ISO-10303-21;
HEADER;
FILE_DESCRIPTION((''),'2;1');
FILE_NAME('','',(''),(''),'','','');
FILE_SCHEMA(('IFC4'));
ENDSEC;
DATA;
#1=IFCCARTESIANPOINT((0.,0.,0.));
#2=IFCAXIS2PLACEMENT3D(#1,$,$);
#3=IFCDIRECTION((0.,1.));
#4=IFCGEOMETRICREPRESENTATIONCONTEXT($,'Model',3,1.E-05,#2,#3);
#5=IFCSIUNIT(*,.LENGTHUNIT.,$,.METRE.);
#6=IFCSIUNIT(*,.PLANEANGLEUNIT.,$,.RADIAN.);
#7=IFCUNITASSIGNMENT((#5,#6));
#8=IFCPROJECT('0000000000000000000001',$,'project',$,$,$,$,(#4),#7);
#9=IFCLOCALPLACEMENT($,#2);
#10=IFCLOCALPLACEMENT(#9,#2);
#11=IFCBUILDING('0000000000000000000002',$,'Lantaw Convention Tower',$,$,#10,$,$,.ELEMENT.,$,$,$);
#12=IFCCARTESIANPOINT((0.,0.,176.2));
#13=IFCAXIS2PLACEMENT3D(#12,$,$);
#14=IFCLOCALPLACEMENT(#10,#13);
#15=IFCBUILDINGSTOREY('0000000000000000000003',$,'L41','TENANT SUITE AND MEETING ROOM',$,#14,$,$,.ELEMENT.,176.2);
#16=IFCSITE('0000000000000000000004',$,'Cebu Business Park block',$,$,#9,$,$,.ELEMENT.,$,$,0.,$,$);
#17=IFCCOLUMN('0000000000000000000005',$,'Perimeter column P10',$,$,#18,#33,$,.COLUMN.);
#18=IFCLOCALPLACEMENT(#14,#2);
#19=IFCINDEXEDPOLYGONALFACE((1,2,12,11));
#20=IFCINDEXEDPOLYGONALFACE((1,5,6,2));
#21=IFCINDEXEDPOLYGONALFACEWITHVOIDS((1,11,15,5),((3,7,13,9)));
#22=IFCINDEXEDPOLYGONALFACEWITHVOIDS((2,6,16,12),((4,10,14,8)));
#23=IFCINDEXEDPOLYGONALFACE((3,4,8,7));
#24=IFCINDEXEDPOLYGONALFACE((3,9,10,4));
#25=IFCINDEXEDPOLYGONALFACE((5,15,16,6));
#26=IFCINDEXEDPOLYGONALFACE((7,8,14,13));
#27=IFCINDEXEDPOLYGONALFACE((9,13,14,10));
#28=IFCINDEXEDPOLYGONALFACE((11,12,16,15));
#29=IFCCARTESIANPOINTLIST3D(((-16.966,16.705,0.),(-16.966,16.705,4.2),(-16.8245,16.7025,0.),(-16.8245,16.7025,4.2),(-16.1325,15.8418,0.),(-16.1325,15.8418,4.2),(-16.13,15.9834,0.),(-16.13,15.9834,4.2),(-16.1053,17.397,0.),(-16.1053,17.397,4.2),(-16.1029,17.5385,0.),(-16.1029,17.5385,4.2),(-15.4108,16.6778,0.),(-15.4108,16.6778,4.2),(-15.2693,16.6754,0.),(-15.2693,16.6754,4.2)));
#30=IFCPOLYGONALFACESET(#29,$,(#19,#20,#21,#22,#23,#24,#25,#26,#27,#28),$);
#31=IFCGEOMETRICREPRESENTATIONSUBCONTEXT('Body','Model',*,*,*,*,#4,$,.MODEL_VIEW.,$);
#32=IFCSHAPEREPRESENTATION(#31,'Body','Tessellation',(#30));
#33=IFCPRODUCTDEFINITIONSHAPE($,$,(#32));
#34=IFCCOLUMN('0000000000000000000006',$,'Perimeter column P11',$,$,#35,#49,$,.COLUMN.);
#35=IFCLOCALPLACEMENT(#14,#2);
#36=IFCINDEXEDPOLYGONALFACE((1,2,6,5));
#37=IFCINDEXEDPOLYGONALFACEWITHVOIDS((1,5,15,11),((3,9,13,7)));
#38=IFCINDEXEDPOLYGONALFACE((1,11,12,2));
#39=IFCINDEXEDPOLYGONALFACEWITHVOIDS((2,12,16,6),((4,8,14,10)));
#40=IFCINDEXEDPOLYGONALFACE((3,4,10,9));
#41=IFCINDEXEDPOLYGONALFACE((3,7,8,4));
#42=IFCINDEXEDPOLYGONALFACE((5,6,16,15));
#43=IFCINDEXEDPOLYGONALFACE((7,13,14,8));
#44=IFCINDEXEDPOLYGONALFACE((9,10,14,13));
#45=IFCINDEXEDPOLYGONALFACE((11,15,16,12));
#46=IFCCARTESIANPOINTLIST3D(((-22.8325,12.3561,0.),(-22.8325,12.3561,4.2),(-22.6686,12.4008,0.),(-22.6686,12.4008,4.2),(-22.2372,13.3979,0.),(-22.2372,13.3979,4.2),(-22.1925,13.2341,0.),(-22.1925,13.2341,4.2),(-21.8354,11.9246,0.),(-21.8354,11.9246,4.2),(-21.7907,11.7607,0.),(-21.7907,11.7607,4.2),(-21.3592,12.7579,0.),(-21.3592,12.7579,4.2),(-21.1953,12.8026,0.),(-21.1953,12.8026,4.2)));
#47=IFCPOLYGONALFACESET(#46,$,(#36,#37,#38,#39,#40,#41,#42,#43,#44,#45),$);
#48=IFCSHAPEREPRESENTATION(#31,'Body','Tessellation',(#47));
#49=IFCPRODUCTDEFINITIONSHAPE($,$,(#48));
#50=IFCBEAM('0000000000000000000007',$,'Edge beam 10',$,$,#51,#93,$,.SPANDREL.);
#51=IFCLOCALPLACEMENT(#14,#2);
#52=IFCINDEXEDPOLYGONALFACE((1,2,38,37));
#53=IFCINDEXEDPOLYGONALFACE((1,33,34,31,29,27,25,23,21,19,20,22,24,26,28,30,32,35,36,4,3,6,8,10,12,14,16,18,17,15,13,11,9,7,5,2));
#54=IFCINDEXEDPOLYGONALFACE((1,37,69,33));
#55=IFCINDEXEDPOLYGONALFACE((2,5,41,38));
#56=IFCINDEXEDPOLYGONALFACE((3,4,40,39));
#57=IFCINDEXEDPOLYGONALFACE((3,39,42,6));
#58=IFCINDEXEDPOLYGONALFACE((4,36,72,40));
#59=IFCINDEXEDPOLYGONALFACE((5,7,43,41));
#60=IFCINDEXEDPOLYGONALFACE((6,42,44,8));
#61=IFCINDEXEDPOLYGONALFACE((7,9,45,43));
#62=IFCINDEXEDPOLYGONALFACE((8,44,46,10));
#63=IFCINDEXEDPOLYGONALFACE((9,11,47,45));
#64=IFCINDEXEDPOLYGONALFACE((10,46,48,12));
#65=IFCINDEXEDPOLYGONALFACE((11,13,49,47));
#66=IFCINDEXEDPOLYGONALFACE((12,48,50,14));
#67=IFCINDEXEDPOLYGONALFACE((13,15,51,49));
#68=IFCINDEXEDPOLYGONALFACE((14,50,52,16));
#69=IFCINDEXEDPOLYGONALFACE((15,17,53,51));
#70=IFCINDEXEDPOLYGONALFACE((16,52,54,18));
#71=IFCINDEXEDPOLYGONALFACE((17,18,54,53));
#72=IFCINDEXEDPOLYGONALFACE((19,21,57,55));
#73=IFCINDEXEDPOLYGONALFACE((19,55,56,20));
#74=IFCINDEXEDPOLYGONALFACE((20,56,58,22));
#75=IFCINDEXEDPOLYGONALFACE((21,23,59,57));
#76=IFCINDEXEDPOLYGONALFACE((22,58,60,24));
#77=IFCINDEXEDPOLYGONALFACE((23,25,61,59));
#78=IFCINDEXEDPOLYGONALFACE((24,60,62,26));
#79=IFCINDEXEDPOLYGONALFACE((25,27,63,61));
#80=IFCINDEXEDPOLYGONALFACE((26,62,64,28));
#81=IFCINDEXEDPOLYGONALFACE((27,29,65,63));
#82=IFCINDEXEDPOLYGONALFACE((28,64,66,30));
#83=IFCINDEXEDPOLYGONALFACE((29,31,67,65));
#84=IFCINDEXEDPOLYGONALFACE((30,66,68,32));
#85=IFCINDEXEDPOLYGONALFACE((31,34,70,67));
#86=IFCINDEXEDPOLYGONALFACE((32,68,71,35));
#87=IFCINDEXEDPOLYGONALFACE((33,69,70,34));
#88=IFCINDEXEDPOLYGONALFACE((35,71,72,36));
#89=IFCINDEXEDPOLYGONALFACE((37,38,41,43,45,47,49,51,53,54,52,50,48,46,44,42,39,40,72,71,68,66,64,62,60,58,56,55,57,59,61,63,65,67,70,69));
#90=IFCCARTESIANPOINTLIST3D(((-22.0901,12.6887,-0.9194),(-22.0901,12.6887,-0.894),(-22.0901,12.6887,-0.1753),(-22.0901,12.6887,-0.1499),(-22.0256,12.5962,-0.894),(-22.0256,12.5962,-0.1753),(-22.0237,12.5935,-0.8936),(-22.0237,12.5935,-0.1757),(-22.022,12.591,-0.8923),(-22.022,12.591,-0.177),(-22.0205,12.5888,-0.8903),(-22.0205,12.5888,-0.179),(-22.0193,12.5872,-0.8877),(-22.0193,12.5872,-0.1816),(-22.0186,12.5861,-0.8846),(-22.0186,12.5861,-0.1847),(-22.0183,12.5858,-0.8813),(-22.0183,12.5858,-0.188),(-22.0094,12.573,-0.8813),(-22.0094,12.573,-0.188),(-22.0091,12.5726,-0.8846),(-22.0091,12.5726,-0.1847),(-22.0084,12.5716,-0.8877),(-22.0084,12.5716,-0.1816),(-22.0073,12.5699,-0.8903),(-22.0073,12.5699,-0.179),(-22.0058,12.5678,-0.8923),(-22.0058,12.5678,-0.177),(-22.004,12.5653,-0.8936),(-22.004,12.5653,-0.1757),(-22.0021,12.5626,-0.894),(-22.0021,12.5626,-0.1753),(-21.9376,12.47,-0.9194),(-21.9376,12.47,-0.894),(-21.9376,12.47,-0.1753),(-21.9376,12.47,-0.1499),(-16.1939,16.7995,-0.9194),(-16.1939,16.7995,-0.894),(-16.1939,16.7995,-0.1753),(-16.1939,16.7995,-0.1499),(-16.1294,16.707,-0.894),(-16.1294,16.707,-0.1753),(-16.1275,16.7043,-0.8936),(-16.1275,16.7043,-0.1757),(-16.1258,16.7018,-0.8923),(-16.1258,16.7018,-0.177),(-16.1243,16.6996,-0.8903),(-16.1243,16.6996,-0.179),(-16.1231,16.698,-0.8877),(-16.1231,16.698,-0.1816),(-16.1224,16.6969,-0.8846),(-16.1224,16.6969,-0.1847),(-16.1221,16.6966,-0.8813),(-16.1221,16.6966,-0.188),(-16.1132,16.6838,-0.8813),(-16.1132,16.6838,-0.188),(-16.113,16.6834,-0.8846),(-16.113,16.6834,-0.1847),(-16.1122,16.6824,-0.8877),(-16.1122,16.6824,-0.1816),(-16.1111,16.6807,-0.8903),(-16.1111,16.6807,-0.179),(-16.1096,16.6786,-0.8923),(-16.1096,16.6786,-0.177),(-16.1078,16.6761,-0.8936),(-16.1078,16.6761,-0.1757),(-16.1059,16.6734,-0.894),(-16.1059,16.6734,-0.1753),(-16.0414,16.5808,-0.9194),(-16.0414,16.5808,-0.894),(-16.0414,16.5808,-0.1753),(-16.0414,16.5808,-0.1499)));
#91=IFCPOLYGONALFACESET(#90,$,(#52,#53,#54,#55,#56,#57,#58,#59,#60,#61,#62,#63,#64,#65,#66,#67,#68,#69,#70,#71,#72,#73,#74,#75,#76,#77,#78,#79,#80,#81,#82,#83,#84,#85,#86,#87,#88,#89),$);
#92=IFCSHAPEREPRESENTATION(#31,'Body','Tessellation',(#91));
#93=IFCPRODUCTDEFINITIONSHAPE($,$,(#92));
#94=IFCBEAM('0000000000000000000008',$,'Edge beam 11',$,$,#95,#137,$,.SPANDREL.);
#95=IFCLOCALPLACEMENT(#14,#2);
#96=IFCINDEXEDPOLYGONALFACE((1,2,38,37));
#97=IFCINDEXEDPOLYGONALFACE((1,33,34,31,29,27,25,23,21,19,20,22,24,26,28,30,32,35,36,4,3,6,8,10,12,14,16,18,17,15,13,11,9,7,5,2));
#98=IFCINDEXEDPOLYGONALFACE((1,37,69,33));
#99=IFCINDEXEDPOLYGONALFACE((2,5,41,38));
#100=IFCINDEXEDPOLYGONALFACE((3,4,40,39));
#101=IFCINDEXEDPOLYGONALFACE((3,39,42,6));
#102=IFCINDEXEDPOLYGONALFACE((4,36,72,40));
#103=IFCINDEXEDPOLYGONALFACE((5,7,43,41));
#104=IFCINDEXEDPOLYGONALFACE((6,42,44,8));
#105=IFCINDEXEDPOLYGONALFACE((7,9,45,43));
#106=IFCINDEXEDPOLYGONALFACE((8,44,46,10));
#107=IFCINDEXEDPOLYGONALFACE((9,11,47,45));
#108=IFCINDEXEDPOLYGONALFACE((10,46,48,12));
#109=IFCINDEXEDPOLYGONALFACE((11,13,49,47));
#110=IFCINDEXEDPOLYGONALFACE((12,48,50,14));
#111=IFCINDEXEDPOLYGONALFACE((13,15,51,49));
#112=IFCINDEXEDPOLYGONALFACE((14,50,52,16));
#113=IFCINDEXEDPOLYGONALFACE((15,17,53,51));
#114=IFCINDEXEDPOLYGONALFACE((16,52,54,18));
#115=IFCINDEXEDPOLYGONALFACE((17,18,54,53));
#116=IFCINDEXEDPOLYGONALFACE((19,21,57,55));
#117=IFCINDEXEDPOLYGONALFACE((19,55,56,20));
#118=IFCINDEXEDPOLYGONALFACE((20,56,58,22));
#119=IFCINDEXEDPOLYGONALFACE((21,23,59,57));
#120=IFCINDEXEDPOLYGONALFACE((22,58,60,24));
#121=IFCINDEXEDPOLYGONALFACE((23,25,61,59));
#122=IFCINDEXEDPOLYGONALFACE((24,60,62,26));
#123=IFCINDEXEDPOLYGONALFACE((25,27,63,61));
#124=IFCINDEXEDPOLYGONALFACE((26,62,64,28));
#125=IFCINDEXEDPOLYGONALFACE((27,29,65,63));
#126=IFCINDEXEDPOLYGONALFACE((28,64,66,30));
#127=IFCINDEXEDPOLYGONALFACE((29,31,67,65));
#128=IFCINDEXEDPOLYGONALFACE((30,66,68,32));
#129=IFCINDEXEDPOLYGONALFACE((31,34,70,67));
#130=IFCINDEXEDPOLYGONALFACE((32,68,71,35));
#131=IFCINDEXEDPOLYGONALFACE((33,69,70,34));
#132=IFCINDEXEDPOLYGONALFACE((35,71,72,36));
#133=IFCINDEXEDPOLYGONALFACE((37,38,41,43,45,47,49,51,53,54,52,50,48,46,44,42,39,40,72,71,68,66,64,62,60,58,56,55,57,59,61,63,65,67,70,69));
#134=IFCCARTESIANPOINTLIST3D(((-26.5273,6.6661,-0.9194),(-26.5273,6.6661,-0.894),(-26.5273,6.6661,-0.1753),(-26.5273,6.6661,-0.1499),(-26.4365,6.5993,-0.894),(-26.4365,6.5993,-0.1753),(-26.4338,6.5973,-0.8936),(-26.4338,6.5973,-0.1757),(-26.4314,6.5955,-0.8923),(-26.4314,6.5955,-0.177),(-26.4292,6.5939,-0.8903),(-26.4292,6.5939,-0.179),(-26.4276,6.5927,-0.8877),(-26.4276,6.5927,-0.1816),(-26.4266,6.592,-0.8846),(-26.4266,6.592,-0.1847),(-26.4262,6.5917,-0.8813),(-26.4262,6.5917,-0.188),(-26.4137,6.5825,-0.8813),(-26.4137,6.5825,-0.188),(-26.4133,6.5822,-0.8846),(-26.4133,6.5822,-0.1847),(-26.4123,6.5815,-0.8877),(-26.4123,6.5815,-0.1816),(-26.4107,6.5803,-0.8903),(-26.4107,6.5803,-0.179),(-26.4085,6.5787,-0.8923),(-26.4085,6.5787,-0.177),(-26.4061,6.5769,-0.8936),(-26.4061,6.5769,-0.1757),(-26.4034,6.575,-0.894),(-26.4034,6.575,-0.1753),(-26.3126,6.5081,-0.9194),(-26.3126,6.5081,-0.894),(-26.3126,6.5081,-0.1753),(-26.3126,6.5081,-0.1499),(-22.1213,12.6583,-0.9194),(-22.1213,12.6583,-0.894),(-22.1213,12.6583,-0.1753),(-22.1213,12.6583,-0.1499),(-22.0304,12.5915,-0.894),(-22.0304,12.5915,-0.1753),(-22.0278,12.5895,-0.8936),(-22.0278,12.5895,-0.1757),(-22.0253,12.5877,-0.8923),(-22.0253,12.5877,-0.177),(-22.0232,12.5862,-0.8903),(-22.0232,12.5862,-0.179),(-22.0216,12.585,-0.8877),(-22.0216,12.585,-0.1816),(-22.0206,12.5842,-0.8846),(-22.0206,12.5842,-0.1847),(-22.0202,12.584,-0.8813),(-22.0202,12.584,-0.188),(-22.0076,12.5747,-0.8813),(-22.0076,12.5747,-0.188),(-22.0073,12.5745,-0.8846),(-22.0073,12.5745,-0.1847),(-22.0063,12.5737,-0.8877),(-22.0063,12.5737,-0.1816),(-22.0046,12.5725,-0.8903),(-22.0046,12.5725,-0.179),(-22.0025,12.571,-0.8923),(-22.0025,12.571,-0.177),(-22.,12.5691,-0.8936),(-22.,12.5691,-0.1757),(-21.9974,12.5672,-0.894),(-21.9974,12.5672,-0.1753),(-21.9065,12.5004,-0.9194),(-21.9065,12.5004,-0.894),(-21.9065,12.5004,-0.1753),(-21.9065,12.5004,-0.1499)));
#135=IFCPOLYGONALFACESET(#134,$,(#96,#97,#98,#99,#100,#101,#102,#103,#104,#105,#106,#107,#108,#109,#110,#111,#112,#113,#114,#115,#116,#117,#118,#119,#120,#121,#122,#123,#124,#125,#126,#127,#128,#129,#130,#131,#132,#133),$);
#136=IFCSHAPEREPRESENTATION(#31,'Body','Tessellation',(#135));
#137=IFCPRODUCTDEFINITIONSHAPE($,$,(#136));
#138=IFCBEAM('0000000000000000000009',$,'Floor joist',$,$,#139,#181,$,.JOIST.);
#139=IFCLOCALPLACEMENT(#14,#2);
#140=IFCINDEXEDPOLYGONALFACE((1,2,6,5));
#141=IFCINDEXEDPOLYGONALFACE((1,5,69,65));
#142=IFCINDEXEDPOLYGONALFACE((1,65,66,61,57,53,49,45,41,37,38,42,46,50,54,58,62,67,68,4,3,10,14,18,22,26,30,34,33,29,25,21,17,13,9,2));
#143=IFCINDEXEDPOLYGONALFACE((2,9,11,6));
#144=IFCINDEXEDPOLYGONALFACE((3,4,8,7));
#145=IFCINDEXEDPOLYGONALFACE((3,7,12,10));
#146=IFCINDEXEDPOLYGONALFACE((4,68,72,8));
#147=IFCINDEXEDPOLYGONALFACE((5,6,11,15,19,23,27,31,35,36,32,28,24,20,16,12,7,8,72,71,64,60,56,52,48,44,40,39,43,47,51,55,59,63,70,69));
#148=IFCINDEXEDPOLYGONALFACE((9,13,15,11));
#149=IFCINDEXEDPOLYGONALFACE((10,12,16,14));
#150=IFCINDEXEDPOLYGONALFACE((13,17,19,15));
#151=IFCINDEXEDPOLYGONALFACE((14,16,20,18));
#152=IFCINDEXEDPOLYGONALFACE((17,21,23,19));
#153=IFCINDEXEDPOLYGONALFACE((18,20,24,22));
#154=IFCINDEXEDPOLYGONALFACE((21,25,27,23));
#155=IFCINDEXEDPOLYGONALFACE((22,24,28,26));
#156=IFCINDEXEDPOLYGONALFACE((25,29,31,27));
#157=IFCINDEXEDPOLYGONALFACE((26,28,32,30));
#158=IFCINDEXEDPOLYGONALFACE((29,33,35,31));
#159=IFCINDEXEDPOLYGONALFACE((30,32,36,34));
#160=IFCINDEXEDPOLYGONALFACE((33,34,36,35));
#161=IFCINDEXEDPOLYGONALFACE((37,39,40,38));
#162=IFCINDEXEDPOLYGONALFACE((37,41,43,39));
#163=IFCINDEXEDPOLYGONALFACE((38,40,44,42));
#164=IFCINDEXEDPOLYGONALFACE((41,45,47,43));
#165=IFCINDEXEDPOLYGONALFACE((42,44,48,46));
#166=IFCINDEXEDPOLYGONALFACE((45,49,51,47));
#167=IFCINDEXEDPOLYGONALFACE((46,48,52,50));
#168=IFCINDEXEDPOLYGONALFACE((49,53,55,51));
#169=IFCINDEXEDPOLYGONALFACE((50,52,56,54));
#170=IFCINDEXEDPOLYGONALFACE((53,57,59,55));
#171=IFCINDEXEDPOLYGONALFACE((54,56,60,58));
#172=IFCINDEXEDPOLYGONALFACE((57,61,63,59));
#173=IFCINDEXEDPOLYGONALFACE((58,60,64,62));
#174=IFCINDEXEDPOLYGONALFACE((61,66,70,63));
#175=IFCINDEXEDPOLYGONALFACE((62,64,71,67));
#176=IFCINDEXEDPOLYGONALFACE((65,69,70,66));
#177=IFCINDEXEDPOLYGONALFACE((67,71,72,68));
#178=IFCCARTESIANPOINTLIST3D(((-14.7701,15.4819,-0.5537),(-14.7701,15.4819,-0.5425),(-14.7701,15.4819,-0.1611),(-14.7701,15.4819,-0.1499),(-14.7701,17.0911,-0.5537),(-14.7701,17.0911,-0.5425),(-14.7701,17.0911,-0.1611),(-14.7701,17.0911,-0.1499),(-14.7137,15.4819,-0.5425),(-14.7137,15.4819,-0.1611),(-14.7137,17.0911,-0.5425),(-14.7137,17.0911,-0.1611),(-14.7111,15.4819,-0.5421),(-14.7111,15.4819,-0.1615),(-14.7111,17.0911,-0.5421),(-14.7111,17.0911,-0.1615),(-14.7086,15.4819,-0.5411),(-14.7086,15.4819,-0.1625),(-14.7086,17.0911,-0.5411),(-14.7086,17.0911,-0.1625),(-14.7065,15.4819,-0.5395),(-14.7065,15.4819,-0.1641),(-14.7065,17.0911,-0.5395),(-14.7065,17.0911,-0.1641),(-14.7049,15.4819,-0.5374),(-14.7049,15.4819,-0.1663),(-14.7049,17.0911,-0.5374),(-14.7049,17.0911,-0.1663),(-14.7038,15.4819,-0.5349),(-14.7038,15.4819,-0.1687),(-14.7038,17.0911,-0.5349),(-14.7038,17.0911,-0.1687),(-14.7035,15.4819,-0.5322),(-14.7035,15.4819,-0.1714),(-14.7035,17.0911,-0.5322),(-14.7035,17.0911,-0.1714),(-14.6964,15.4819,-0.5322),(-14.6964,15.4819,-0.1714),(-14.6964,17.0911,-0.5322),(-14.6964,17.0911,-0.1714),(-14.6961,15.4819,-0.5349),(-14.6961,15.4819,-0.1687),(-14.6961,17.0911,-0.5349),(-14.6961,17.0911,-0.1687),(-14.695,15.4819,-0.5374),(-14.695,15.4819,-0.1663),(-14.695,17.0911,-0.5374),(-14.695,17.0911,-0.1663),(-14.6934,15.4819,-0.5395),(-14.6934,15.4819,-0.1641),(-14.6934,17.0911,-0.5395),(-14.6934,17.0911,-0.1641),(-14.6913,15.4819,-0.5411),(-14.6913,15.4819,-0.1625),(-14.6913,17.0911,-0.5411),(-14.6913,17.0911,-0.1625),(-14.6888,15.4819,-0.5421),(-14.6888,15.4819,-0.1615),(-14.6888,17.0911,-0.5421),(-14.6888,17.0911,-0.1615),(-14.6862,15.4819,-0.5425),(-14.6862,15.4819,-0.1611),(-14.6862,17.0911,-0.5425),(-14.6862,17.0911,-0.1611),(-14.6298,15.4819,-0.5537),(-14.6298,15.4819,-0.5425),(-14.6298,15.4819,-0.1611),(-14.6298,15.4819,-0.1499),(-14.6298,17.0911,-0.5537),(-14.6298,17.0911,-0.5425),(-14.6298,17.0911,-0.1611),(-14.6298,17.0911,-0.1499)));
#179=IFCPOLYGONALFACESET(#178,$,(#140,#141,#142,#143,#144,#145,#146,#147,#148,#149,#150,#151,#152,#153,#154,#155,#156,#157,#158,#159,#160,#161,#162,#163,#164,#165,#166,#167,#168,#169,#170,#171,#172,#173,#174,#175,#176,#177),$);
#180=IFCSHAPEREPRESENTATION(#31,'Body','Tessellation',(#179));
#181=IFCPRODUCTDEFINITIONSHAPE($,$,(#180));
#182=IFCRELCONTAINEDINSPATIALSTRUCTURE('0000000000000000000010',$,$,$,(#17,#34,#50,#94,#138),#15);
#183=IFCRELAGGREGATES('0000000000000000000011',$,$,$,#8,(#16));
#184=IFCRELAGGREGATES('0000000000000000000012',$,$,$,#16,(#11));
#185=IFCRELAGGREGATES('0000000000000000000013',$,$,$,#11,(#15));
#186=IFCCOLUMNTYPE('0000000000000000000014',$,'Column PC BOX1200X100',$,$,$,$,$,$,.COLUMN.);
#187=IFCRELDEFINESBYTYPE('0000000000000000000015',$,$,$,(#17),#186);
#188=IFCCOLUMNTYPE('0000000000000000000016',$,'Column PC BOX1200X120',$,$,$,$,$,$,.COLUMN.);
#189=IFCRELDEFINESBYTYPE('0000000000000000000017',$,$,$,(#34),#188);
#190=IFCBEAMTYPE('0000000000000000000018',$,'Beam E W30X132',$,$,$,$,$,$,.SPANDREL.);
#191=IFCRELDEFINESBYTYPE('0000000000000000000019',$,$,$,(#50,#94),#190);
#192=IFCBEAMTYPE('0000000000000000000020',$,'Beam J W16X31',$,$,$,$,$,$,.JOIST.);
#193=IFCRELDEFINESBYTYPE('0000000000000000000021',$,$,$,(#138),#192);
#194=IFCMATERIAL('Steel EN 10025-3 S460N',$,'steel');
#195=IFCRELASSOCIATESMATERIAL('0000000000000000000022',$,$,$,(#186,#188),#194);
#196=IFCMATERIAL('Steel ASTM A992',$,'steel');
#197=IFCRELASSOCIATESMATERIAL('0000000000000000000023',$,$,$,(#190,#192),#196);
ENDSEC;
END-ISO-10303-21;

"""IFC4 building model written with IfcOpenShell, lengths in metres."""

from ifc_helpers import new_model, si_unit, direction, frame, origin, origin_2d, place, context, subcontext, project, spatial, rectangle, hollow_rectangle, i_section, extrude, material, material_profile, profile_set, type_object, element, save


model = new_model("IFC4")

# Units and contexts
model_context = context("Model", 3, precision=1e-05, world=origin(), true_north=direction((0.0, 1.0)))
body_context = subcontext(model_context, "Body", "Model", "MODEL_VIEW")
ifc_project = project(units=[si_unit("LENGTHUNIT", "METRE"), si_unit("PLANEANGLEUNIT", "RADIAN")], contexts=[model_context])

# Site, building, storey
site_placement = place(None, origin())
site = spatial("IfcSite", under=ifc_project, at=site_placement, Name="Cebu Business Park block", CompositionType="ELEMENT", RefElevation=0.0)
building_placement = place(site_placement, origin())
building = spatial("IfcBuilding", under=site, at=building_placement, Name="Lantaw Convention Tower", CompositionType="ELEMENT")
storey_placement = place(building_placement, frame((0.0, 0.0, 176.2)))
storey = spatial("IfcBuildingStorey", under=building, at=storey_placement, Name="L41", Description="TENANT SUITE AND MEETING ROOM", CompositionType="ELEMENT", Elevation=176.2)

# Columns
ifc_material_1 = material(Name="Steel EN 10025-3 S460N", Category="steel")
ifc_material_profile_1 = material_profile(ifc_material_1, hollow_rectangle(XDim=1.2, YDim=1.2, WallThickness=0.1001, at=origin_2d()), Name="BOX1200X100")
ifc_material_2 = material(Name="Concrete C60/75", Category="concrete")
ifc_material_profile_2 = material_profile(ifc_material_2, rectangle(XDim=1.0, YDim=1.0, at=origin_2d()), Name="Concrete fill of BOX1200X100")
ifc_profile_set_1 = profile_set([ifc_material_profile_1, ifc_material_profile_2], Name="Steel EN 10025-3 S460N")
column_type_1 = type_object("IfcColumnType", Name="Column PC BOX1200X100", PredefinedType="COLUMN", material=ifc_profile_set_1)
column_1_placement = place(storey_placement, frame((-16.1177, 16.6902, 0.0), z_axis=(0.0, 0.0, 1.0), x_axis=(0.71934, 0.694658, 0.0)))
element("IfcColumn", 1, at=column_1_placement, inside=storey, type_object=column_type_1, Name="Perimeter column P10", PredefinedType="COLUMN", context=body_context, shape_type="SweptSolid", body=[
    extrude(hollow_rectangle(XDim=1.2, YDim=1.2, WallThickness=0.1001, at=origin_2d()), origin(), (0.0, 0.0, 1.0), 4.2),
])
ifc_material_profile_3 = material_profile(ifc_material_1, hollow_rectangle(XDim=1.2, YDim=1.2, WallThickness=0.1201, at=origin_2d()), Name="BOX1200X120")
ifc_material_profile_4 = material_profile(ifc_material_2, rectangle(XDim=0.96, YDim=0.96, at=origin_2d()), Name="Concrete fill of BOX1200X120")
ifc_profile_set_2 = profile_set([ifc_material_profile_3, ifc_material_profile_4], Name="Steel EN 10025-3 S460N")
column_type_2 = type_object("IfcColumnType", Name="Column PC BOX1200X120", PredefinedType="COLUMN", material=ifc_profile_set_2)
column_2_placement = place(storey_placement, frame((-22.0139, 12.5793, 0.0), z_axis=(0.0, 0.0, 1.0), x_axis=(0.496139, 0.868243, 0.0)))
element("IfcColumn", 2, at=column_2_placement, inside=storey, type_object=column_type_2, Name="Perimeter column P11", PredefinedType="COLUMN", context=body_context, shape_type="SweptSolid", body=[
    extrude(hollow_rectangle(XDim=1.2, YDim=1.2, WallThickness=0.1201, at=origin_2d()), origin(), (0.0, 0.0, 1.0), 4.2),
])

# Beams
ifc_material_3 = material(Name="Steel ASTM A992", Category="steel")
ifc_material_profile_5 = material_profile(ifc_material_3, i_section(OverallWidth=0.2666, OverallDepth=0.7695, WebThickness=0.0156, FlangeThickness=0.0254, FilletRadius=0.0127, at=origin_2d()), Name="W30X132")
ifc_profile_set_3 = profile_set([ifc_material_profile_5], Name="Steel ASTM A992")
beam_type_1 = type_object("IfcBeamType", Name="Beam E W30X132", PredefinedType="SPANDREL", material=ifc_profile_set_3)
beam_1_placement = place(storey_placement, frame((-16.1177, 16.6902, -0.5347), z_axis=(-0.820311, -0.571918, 0.0), x_axis=(0.571918, -0.820311, 0.0)))
element("IfcBeam", 3, at=beam_1_placement, inside=storey, type_object=beam_type_1, Name="Edge beam 10", PredefinedType="SPANDREL", context=body_context, shape_type="SweptSolid", body=[
    extrude(i_section(OverallWidth=0.2666, OverallDepth=0.7695, WebThickness=0.0156, FlangeThickness=0.0254, FilletRadius=0.0127, at=origin_2d()), origin(), (0.0, 0.0, 1.0), 7.1877),
])
beam_2_placement = place(storey_placement, frame((-22.0139, 12.5793, -0.5347), z_axis=(-0.592389, -0.805652, 0.0), x_axis=(0.805652, -0.592389, 0.0)))
element("IfcBeam", 4, at=beam_2_placement, inside=storey, type_object=beam_type_1, Name="Edge beam 11", PredefinedType="SPANDREL", context=body_context, shape_type="SweptSolid", body=[
    extrude(i_section(OverallWidth=0.2666, OverallDepth=0.7695, WebThickness=0.0156, FlangeThickness=0.0254, FilletRadius=0.0127, at=origin_2d()), origin(), (0.0, 0.0, 1.0), 7.4377),
])
ifc_material_profile_6 = material_profile(ifc_material_3, i_section(OverallWidth=0.1404, OverallDepth=0.4038, WebThickness=0.0071, FlangeThickness=0.0112, FilletRadius=0.0103, at=origin_2d()), Name="W16X31")
ifc_profile_set_4 = profile_set([ifc_material_profile_6], Name="Steel ASTM A992")
beam_type_2 = type_object("IfcBeamType", Name="Beam J W16X31", PredefinedType="JOIST", material=ifc_profile_set_4)
beam_3_placement = place(storey_placement, frame((-14.7, 15.4819, -0.3518), z_axis=(0.0, 1.0, 0.0), x_axis=(-1.0, 0.0, 0.0)))
element("IfcBeam", 5, at=beam_3_placement, inside=storey, type_object=beam_type_2, Name="Floor joist", PredefinedType="JOIST", context=body_context, shape_type="SweptSolid", body=[
    extrude(i_section(OverallWidth=0.1404, OverallDepth=0.4038, WebThickness=0.0071, FlangeThickness=0.0112, FilletRadius=0.0103, at=origin_2d()), origin(), (0.0, 0.0, 1.0), 1.6091),
])

save(model, "model.ifc")
